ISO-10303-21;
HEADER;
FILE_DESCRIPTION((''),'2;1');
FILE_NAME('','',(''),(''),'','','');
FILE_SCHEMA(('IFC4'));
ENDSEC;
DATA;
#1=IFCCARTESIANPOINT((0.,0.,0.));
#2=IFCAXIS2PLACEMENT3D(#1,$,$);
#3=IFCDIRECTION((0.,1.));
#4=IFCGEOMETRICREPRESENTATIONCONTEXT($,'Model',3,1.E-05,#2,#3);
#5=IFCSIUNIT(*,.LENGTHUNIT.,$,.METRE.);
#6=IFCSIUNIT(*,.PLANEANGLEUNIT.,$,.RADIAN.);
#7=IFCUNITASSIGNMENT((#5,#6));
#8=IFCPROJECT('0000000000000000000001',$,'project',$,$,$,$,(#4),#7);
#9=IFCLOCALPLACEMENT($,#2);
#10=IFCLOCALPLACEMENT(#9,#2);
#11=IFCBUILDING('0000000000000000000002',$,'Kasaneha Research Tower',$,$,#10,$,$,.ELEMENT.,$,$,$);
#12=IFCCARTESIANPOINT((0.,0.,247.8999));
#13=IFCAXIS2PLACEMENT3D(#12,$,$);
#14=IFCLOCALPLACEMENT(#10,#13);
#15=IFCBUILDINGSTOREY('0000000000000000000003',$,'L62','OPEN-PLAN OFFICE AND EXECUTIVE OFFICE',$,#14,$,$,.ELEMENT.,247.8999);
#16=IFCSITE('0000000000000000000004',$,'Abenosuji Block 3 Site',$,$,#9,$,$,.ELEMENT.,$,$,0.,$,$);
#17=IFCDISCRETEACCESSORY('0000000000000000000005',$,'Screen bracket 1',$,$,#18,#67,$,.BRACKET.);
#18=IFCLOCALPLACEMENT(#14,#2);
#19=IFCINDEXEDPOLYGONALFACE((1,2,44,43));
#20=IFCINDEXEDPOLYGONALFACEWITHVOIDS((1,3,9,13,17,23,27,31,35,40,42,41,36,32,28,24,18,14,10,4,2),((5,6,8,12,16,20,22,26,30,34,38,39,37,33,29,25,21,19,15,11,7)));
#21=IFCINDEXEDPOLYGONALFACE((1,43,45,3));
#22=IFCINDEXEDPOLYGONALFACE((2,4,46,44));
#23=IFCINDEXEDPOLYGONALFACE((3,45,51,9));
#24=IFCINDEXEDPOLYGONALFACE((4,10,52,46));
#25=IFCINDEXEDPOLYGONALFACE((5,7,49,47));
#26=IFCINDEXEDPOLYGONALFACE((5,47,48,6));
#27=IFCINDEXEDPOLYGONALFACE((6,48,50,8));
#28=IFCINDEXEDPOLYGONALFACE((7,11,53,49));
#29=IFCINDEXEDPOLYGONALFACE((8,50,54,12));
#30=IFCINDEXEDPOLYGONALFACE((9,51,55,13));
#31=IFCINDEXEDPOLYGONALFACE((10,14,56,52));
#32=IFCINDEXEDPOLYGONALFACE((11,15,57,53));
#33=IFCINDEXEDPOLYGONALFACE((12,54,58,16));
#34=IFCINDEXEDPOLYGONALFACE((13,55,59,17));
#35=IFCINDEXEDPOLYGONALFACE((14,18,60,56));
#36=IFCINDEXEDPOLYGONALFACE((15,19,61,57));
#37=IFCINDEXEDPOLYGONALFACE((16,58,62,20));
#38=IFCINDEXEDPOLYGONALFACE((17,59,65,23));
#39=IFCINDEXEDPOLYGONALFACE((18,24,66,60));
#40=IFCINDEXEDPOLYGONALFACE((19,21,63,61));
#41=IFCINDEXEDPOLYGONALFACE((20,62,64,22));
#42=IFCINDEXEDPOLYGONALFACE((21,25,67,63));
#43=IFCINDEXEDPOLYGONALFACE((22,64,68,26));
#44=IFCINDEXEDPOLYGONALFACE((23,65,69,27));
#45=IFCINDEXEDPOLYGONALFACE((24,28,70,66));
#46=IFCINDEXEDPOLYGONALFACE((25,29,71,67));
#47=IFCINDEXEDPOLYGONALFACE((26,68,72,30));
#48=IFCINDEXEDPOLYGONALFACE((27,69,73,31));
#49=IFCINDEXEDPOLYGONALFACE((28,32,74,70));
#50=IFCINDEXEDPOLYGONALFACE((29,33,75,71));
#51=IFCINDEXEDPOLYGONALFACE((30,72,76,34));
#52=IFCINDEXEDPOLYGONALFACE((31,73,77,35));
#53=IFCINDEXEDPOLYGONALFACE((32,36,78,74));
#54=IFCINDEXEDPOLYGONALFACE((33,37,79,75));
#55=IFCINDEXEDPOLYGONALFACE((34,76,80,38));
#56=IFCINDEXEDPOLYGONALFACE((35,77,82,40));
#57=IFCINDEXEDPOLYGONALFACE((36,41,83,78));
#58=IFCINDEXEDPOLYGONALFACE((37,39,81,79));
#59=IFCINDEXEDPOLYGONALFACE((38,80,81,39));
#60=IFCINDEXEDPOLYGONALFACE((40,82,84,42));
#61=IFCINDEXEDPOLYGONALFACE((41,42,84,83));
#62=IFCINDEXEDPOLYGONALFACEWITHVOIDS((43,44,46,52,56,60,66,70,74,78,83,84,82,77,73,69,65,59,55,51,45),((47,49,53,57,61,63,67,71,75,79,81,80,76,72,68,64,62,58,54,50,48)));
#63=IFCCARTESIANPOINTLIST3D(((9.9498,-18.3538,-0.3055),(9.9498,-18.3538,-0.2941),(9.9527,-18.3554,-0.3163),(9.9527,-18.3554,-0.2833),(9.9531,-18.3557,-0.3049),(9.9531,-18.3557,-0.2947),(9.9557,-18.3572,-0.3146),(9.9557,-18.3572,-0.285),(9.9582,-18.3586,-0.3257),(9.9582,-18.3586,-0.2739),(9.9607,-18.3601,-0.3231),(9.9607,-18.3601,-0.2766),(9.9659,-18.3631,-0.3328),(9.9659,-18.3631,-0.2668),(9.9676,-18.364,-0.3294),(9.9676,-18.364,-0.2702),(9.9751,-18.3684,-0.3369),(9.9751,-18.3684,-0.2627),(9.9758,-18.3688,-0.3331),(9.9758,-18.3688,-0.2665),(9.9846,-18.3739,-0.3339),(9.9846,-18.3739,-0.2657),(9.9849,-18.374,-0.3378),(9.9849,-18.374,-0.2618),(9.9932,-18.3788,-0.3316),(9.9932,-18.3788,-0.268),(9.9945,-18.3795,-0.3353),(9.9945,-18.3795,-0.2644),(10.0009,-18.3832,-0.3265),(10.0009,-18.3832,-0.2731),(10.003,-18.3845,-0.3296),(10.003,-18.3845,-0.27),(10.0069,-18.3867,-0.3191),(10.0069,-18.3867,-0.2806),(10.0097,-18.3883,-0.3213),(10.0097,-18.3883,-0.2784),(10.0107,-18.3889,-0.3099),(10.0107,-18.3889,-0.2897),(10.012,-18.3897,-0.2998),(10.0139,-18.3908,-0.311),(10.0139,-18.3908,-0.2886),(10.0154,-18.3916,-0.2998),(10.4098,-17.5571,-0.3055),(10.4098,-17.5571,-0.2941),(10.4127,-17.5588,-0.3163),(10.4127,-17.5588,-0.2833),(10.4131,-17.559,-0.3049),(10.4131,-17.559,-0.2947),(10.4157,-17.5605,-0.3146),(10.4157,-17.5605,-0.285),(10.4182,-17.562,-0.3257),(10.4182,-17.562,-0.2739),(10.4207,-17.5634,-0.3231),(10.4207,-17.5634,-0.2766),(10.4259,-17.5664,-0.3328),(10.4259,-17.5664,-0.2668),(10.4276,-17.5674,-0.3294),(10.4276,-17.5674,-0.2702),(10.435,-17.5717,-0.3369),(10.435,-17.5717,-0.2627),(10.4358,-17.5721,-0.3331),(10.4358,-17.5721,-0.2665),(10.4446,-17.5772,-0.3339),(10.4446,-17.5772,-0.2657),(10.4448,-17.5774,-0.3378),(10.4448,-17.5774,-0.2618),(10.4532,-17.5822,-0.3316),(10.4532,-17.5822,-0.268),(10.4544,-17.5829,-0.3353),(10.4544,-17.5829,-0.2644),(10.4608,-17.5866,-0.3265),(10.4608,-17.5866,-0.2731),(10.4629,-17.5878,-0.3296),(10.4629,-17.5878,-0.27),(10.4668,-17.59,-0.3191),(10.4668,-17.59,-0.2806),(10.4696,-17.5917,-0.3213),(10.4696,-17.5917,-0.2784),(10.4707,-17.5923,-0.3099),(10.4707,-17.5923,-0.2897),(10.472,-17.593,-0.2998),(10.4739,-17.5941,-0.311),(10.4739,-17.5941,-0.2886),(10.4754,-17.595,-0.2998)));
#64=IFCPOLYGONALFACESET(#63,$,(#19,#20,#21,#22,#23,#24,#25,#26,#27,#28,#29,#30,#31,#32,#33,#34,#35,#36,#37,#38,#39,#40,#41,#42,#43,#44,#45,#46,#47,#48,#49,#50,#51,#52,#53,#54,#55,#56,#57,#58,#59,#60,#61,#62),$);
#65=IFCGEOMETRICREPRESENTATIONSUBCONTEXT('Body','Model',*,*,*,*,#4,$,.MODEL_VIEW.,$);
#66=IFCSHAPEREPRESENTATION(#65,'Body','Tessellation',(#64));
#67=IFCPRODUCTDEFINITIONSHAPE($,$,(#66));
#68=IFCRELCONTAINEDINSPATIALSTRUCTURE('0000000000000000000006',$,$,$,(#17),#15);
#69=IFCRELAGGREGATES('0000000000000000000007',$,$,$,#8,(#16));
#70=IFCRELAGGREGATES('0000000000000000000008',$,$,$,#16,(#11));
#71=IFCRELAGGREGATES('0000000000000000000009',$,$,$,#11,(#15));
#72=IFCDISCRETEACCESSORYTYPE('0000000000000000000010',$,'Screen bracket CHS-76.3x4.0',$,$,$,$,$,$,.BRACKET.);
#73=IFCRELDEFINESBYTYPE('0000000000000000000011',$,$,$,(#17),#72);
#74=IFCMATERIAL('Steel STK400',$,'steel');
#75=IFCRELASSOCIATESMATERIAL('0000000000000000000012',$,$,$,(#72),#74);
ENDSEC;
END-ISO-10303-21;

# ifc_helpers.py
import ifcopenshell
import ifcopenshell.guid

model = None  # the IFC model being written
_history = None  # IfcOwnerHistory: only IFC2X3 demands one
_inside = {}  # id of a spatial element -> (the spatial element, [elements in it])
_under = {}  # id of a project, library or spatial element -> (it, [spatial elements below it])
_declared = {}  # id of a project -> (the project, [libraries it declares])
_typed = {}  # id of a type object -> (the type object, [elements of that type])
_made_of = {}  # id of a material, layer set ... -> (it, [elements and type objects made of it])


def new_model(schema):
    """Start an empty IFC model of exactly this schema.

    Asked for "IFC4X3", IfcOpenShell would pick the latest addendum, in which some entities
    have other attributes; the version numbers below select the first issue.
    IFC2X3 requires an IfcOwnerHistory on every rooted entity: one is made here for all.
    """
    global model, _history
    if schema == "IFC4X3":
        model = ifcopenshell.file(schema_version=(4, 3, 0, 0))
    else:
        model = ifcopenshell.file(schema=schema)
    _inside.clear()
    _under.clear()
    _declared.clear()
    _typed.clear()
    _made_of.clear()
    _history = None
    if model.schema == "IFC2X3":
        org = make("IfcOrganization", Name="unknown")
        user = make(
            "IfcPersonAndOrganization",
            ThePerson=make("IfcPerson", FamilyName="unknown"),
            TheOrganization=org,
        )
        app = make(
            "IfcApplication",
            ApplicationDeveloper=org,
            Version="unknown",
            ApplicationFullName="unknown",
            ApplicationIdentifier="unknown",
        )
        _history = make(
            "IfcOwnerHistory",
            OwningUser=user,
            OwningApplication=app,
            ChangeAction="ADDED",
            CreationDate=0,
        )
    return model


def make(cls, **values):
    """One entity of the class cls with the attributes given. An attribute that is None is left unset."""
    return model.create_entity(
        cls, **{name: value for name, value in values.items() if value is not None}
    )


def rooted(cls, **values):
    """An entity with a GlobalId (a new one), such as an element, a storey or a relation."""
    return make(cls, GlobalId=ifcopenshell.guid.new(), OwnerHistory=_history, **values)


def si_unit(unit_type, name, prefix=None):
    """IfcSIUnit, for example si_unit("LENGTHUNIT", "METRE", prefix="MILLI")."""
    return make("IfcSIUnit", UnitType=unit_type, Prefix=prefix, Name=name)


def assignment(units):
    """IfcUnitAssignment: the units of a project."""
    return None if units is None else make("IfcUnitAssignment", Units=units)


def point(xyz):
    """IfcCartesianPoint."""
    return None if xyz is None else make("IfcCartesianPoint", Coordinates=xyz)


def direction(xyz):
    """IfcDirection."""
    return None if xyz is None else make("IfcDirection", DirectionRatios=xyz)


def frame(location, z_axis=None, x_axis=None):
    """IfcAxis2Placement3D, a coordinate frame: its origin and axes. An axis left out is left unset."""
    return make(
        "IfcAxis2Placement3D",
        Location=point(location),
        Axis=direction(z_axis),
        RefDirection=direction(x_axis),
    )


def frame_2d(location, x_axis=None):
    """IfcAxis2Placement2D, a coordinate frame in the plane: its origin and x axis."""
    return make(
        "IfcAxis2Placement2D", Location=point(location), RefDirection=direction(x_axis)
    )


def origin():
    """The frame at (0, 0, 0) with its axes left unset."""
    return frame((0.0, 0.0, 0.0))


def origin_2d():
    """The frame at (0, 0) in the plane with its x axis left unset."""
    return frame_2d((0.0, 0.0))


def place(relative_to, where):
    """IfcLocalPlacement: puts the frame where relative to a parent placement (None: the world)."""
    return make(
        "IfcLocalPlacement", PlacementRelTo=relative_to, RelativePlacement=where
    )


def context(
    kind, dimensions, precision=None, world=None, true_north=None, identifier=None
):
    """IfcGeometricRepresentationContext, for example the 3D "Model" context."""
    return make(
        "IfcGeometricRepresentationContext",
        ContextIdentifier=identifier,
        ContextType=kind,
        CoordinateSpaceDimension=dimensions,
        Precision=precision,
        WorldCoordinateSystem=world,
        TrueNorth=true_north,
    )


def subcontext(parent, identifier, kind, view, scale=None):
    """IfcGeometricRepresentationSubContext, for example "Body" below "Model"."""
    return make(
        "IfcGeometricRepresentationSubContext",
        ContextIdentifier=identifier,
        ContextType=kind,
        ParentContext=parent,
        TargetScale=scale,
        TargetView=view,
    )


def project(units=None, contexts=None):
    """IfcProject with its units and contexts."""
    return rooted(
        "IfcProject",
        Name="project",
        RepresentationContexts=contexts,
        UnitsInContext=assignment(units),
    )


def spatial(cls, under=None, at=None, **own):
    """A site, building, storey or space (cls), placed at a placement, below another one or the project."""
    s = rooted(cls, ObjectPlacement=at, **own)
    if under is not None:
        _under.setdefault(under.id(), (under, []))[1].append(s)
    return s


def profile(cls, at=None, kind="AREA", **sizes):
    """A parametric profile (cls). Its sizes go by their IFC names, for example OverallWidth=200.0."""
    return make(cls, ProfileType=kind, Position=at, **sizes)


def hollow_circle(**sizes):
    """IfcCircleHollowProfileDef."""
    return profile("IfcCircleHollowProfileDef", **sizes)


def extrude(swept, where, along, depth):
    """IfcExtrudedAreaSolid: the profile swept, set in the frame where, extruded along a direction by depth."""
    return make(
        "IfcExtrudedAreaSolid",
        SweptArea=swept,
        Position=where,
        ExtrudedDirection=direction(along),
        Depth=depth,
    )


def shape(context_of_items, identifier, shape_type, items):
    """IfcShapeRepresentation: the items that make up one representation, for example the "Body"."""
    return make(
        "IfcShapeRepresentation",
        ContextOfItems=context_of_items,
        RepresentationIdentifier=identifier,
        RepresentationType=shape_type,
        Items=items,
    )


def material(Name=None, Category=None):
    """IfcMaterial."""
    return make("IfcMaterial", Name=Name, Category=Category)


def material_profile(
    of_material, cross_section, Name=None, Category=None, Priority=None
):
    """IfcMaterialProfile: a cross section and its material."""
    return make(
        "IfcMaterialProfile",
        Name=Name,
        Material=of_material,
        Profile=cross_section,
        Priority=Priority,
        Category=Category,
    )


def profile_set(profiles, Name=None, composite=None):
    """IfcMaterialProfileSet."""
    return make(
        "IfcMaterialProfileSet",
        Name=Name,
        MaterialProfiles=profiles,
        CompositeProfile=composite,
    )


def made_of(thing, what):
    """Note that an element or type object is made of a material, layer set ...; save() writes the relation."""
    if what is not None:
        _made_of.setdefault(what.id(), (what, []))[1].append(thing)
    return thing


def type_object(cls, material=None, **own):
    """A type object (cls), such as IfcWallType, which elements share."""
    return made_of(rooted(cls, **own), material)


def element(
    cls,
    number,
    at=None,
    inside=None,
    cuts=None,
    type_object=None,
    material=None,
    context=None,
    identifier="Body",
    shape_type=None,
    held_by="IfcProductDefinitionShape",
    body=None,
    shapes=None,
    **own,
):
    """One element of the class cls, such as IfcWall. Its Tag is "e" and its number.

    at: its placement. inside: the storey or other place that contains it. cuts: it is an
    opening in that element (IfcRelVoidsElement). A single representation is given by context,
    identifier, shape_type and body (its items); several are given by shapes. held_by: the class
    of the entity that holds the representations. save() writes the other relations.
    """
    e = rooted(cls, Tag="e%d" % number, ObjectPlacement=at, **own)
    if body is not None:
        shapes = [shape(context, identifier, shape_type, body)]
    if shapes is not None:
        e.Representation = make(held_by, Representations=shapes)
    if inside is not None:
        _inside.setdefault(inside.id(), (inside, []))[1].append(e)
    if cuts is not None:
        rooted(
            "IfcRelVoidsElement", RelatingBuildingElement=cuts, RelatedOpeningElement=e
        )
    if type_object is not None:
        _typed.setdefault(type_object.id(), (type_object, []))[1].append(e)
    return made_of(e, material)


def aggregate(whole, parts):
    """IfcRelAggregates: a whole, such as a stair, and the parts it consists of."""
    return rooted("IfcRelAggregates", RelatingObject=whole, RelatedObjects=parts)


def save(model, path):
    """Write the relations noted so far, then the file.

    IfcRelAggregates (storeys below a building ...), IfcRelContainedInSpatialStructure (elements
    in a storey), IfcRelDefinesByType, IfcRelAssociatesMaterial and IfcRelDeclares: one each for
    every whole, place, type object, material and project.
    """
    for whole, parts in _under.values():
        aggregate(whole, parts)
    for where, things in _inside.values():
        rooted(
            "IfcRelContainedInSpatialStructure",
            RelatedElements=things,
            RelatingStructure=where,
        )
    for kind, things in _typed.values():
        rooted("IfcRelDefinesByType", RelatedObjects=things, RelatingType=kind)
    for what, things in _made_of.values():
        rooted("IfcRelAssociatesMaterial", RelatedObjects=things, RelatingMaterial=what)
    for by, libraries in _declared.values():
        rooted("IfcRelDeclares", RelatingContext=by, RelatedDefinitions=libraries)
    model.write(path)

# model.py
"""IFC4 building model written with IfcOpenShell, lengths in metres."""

from ifc_helpers import new_model, si_unit, direction, frame, origin, origin_2d, place, context, subcontext, project, spatial, hollow_circle, extrude, material, material_profile, profile_set, type_object, element, save


model = new_model("IFC4")

# Units and contexts
model_context = context("Model", 3, precision=1e-05, world=origin(), true_north=direction((0.0, 1.0)))
body_context = subcontext(model_context, "Body", "Model", "MODEL_VIEW")
ifc_project = project(units=[si_unit("LENGTHUNIT", "METRE"), si_unit("PLANEANGLEUNIT", "RADIAN")], contexts=[model_context])

# Site, building, storey
site_placement = place(None, origin())
site = spatial("IfcSite", under=ifc_project, at=site_placement, Name="Abenosuji Block 3 Site", CompositionType="ELEMENT", RefElevation=0.0)
building_placement = place(site_placement, origin())
building = spatial("IfcBuilding", under=site, at=building_placement, Name="Kasaneha Research Tower", CompositionType="ELEMENT")
storey_placement = place(building_placement, frame((0.0, 0.0, 247.8999)))
storey = spatial("IfcBuildingStorey", under=building, at=storey_placement, Name="L62", Description="OPEN-PLAN OFFICE AND EXECUTIVE OFFICE", CompositionType="ELEMENT", Elevation=247.8999)

# Discrete accessory
ifc_material_1 = material(Name="Steel STK400", Category="steel")
ifc_material_profile_1 = material_profile(ifc_material_1, hollow_circle(Radius=0.0381, WallThickness=0.0039, at=origin_2d()), Name="CHS-76.3x4.0")
ifc_profile_set_1 = profile_set([ifc_material_profile_1], Name="Steel STK400")
discrete_accessory_type = type_object("IfcDiscreteAccessoryType", Name="Screen bracket CHS-76.3x4.0", PredefinedType="BRACKET", material=ifc_profile_set_1)
for number, where, z_axis, x_axis, name in (
    (1, (10.4424, -17.5759, -0.2998), (-0.500021, -0.866013, 0.0), (0.866013, -0.500021, 0.0), "Screen bracket 1"),
):
    element("IfcDiscreteAccessory", number, at=place(storey_placement, frame(where, z_axis=z_axis, x_axis=x_axis)), inside=storey, type_object=discrete_accessory_type, Name=name, PredefinedType="BRACKET", context=body_context, shape_type="SweptSolid", body=[
        extrude(hollow_circle(Radius=0.0381, WallThickness=0.0039, at=origin_2d()), origin(), (0.0, 0.0, 1.0), 0.9199),
    ])

save(model, "model.ifc")
